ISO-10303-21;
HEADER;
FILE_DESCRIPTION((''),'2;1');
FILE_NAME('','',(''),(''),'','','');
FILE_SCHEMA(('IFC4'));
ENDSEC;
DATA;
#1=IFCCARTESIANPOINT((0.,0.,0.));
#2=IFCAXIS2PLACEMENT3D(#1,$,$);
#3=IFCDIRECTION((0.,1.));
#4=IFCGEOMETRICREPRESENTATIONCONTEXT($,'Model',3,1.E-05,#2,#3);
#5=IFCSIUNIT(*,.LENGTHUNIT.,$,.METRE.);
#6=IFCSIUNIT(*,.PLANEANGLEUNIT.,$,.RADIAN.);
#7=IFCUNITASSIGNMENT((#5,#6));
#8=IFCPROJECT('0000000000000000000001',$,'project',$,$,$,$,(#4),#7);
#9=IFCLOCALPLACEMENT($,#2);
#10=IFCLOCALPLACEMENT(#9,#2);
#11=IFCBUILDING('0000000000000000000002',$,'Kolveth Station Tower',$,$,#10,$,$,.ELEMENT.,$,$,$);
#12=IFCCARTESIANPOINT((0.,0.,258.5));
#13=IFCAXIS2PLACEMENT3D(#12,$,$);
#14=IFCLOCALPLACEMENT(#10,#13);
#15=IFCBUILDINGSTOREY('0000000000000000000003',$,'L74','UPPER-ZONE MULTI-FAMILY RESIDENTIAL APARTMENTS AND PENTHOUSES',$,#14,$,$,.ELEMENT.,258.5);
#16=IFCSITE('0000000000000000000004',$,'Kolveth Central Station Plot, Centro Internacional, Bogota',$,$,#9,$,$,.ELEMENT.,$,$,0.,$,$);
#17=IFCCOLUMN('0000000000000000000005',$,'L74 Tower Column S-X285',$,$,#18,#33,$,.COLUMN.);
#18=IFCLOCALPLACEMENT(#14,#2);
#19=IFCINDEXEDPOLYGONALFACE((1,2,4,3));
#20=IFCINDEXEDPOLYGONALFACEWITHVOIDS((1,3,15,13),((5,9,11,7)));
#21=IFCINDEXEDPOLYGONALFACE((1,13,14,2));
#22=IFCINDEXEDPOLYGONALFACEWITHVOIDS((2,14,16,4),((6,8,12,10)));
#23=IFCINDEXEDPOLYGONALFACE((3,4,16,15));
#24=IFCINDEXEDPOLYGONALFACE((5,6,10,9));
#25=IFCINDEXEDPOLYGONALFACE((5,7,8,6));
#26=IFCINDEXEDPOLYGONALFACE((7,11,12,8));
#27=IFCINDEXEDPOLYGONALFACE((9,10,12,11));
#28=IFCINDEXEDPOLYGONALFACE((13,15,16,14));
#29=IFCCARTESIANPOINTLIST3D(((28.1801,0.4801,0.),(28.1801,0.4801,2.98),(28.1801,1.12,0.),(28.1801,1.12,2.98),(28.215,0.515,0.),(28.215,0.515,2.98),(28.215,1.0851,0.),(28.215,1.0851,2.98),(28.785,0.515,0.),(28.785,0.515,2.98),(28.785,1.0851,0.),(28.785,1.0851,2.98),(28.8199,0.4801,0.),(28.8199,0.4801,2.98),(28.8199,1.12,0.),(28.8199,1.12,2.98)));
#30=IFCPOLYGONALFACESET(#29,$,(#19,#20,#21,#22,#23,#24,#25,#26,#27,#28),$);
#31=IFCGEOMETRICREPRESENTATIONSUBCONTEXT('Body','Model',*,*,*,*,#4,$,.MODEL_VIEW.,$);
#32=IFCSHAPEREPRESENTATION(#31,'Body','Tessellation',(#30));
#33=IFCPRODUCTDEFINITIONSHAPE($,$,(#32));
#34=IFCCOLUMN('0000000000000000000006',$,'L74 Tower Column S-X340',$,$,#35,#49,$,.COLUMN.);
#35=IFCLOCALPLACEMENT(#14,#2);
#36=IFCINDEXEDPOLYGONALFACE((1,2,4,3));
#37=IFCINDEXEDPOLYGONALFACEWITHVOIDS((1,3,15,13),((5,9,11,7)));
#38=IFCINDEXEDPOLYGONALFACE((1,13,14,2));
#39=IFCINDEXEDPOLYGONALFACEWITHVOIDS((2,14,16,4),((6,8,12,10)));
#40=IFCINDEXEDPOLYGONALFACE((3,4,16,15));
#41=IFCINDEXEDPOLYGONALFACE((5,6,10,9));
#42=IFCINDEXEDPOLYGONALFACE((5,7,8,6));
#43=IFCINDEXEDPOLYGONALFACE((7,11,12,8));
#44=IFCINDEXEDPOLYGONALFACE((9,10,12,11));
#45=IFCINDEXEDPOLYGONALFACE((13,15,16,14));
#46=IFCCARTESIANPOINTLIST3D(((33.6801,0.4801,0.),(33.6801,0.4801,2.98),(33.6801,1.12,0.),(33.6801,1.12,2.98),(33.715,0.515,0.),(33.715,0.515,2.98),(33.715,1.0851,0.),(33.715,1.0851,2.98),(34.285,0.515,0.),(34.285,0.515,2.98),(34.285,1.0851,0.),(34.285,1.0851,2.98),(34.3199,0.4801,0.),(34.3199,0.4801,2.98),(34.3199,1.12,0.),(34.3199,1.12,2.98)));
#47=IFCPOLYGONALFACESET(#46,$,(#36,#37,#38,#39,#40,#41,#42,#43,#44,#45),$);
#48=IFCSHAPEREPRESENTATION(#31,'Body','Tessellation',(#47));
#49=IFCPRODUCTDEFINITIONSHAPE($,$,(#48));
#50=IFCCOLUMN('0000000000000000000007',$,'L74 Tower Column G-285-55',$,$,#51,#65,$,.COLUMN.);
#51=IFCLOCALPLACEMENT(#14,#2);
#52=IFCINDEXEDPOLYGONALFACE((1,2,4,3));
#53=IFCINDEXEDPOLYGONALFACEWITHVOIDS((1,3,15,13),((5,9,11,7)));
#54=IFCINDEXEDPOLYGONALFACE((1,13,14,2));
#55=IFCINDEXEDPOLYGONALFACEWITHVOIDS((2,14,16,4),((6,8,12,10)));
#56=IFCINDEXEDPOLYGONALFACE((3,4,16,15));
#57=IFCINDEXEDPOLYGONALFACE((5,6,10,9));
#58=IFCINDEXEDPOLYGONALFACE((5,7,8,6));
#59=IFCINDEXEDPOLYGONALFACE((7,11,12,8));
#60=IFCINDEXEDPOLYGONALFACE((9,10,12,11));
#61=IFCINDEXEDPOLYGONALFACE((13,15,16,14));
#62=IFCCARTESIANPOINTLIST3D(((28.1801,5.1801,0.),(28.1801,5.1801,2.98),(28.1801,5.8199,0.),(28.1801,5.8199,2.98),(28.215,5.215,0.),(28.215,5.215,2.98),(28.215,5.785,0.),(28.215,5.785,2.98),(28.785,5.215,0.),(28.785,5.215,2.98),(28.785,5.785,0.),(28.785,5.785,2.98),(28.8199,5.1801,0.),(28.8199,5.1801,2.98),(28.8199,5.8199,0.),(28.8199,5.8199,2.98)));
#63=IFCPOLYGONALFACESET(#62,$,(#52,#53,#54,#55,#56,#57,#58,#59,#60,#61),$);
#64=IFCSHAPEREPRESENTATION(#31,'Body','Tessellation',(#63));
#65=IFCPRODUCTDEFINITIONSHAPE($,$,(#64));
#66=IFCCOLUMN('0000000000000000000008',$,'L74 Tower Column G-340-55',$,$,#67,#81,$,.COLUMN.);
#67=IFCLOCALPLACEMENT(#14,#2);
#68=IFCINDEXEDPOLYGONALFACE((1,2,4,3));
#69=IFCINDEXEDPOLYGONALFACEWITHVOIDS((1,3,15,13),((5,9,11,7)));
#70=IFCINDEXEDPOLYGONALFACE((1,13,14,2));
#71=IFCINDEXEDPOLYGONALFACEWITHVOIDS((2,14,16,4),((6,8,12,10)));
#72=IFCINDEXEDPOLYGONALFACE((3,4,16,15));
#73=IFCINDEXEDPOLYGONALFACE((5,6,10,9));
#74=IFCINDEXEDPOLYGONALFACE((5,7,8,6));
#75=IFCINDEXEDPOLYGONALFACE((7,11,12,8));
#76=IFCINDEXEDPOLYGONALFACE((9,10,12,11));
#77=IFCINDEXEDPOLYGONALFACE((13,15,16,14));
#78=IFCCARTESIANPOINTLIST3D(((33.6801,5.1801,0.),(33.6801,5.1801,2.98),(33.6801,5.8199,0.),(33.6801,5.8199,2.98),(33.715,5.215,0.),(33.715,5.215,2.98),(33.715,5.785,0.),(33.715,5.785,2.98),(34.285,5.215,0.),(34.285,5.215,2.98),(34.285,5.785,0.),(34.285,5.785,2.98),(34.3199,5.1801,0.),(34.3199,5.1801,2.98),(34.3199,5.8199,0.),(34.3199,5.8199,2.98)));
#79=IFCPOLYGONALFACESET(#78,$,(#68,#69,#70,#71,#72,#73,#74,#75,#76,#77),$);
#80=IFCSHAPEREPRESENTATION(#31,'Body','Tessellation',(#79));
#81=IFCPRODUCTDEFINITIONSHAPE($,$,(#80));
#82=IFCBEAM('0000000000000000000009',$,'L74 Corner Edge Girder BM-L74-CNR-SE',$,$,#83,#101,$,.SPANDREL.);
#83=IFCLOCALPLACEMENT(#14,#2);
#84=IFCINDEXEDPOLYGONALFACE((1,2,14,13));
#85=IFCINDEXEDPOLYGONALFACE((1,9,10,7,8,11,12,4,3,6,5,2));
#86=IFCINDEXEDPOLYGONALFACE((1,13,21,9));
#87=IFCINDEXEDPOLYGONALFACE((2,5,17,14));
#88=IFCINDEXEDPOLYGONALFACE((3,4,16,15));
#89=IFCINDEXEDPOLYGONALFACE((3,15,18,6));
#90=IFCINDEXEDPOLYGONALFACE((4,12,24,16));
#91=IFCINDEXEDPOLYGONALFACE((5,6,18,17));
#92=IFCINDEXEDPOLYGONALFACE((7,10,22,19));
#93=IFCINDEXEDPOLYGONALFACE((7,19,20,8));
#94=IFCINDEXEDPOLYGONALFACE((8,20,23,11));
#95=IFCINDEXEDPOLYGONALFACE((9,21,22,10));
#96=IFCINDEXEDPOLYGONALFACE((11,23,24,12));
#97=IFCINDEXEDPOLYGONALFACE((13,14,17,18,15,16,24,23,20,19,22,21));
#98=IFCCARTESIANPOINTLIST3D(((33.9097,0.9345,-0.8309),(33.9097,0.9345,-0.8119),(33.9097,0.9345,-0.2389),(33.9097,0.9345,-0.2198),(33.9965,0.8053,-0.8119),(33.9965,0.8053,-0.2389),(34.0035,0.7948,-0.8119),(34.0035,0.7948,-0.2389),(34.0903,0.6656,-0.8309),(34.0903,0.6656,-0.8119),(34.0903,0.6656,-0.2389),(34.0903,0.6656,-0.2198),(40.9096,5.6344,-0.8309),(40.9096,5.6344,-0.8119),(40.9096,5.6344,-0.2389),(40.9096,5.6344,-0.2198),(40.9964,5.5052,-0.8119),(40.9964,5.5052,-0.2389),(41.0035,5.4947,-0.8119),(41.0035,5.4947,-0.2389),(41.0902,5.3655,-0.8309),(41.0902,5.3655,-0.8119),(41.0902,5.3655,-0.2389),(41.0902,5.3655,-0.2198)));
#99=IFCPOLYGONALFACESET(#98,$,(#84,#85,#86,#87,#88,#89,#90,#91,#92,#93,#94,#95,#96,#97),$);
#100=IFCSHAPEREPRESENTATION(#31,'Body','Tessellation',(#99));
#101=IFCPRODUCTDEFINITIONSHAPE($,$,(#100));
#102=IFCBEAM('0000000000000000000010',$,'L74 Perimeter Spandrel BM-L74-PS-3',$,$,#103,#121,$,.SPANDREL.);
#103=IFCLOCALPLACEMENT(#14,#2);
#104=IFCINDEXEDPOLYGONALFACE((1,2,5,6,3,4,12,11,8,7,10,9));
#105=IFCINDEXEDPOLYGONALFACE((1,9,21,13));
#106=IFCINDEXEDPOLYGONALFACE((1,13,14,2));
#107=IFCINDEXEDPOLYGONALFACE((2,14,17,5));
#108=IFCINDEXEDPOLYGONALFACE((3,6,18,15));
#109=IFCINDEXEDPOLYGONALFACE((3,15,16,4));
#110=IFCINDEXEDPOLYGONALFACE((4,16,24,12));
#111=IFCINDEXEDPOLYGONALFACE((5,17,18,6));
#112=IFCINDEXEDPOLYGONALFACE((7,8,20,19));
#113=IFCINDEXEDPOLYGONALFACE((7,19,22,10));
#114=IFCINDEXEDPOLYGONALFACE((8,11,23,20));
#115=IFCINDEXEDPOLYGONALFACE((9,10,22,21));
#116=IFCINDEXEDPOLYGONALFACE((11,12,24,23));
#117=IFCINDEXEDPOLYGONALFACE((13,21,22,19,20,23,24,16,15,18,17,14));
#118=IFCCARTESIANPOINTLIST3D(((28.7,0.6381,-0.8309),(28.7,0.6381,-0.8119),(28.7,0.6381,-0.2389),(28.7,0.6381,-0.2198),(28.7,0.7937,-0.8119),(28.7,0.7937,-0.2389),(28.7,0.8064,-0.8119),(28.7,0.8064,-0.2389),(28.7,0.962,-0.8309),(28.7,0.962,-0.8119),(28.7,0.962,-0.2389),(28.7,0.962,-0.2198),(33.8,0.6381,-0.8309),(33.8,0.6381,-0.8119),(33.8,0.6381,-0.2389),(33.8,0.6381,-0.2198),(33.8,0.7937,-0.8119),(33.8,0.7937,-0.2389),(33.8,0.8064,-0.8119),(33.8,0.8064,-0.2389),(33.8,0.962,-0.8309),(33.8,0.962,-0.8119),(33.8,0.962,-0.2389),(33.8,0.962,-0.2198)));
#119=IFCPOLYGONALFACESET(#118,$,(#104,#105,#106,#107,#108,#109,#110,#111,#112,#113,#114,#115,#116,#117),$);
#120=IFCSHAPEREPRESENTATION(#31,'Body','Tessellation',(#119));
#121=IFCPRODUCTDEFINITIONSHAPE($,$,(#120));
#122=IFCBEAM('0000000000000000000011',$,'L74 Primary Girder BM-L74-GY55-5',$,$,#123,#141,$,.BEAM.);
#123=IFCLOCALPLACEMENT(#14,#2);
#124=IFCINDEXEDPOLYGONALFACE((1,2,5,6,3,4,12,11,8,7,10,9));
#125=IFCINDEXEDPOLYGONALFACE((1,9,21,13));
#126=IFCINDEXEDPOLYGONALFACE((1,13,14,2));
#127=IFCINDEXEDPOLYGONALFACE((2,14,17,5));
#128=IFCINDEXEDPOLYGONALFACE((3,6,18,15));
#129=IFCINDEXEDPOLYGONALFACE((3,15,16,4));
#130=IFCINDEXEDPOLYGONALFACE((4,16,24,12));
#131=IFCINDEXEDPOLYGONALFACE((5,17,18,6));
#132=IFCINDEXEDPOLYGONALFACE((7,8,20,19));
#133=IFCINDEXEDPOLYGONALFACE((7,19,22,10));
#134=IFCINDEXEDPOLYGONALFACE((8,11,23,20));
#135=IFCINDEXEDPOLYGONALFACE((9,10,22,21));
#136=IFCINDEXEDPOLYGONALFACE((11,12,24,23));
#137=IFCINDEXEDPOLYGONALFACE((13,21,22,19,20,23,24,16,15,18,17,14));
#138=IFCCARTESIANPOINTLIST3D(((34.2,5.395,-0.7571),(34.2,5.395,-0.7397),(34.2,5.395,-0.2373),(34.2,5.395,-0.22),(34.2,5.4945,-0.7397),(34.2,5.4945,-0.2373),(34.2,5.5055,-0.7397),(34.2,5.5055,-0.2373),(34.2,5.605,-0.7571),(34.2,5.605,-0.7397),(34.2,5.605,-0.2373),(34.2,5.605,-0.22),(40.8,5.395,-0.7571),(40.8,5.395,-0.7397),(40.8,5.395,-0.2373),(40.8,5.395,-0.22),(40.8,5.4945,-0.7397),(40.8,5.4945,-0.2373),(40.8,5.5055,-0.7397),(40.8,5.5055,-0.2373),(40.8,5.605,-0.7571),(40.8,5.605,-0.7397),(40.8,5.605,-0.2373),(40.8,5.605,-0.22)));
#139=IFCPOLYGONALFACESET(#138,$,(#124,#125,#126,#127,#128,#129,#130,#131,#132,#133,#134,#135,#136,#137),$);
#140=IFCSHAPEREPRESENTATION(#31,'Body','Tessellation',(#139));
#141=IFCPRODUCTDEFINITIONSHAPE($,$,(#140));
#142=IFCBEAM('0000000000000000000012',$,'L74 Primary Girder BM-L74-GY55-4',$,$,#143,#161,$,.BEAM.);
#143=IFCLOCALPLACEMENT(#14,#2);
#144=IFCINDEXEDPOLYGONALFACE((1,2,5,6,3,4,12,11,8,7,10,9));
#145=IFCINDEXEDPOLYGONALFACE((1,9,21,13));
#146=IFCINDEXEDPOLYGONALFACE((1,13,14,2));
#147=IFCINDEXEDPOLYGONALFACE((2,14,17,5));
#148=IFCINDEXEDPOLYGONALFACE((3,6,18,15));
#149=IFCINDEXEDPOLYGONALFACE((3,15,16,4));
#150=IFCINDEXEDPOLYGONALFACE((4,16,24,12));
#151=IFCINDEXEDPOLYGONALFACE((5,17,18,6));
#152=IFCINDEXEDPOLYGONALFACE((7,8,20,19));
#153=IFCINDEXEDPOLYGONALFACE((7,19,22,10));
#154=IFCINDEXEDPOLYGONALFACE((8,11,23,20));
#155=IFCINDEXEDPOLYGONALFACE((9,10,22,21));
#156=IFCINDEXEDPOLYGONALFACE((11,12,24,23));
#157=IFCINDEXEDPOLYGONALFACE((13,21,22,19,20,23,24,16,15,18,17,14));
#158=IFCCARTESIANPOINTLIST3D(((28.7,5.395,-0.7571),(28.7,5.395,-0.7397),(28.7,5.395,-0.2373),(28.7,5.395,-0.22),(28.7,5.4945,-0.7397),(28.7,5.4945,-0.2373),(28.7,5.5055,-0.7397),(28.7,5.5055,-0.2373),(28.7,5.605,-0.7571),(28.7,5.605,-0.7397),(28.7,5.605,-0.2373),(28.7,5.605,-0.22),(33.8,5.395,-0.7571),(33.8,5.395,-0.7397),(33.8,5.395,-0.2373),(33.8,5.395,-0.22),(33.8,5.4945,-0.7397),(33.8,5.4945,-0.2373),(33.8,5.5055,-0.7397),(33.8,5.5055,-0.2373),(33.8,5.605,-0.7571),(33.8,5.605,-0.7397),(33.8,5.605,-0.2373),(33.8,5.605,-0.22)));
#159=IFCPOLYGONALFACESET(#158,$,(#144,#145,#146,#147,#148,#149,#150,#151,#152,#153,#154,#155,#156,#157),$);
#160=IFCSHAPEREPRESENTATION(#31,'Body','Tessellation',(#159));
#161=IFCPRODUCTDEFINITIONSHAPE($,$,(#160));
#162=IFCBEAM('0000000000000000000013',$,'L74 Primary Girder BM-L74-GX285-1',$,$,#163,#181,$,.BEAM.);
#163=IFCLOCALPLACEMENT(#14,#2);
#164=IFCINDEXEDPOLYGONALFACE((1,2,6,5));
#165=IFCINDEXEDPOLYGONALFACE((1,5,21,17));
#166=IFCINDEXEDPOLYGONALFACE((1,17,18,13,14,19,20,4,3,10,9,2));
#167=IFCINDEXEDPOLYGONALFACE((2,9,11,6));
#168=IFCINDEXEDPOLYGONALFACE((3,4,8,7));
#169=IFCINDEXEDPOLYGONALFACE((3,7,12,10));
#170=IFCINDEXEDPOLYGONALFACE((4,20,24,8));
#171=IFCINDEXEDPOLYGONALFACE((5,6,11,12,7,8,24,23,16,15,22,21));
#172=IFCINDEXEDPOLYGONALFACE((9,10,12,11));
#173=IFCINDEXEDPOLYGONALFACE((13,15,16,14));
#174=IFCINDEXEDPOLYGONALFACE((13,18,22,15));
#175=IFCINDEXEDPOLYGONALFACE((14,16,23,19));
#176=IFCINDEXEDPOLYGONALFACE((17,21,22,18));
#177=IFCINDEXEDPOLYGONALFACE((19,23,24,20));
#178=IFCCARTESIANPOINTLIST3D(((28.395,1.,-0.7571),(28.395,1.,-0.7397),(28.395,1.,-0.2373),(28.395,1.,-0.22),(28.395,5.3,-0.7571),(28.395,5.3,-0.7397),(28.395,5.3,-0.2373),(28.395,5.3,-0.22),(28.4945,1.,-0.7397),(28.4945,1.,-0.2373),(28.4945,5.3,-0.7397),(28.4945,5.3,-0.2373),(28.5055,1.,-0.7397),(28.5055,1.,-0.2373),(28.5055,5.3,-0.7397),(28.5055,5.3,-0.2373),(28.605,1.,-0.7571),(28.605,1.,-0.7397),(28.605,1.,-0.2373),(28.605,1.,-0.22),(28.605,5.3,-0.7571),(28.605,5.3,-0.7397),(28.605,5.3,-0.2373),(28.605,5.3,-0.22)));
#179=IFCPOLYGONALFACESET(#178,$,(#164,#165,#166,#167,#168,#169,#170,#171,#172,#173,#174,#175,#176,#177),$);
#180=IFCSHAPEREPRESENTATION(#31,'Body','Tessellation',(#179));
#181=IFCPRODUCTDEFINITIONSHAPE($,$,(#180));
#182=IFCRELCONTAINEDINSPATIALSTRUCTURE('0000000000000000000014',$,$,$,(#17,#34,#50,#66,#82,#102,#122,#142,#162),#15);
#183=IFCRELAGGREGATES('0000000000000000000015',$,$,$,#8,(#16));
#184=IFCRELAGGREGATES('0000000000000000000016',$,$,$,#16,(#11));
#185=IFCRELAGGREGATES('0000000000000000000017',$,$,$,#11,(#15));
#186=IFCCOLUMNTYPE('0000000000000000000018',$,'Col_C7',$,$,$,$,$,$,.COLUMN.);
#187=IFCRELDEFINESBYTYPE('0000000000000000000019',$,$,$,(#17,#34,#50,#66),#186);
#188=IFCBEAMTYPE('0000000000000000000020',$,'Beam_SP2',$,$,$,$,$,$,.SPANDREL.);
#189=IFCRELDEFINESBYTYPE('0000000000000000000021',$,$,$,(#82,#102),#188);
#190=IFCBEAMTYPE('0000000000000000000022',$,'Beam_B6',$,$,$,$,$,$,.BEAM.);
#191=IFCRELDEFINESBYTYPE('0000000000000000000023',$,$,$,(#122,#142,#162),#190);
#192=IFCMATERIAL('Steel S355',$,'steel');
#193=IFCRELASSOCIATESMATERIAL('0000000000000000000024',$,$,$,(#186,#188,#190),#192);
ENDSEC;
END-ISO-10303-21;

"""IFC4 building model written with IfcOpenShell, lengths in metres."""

from ifc_helpers import new_model, si_unit, direction, frame, origin, origin_2d, place, context, subcontext, project, spatial, hollow_rectangle, i_section, extrude, source, transform, mapped, material, material_profile, profile_set, type_object, element, save


model = new_model("IFC4")

# Units and contexts
model_context = context("Model", 3, precision=1e-05, world=origin(), true_north=direction((0.0, 1.0)))
body_context = subcontext(model_context, "Body", "Model", "MODEL_VIEW")
ifc_project = project(units=[si_unit("LENGTHUNIT", "METRE"), si_unit("PLANEANGLEUNIT", "RADIAN")], contexts=[model_context])

# Site, building, storey
site_placement = place(None, origin())
site = spatial("IfcSite", under=ifc_project, at=site_placement, Name="Kolveth Central Station Plot, Centro Internacional, Bogota", CompositionType="ELEMENT", RefElevation=0.0)
building_placement = place(site_placement, origin())
building = spatial("IfcBuilding", under=site, at=building_placement, Name="Kolveth Station Tower", CompositionType="ELEMENT")
storey_placement = place(building_placement, frame((0.0, 0.0, 258.5)))
storey = spatial("IfcBuildingStorey", under=building, at=storey_placement, Name="L74", Description="UPPER-ZONE MULTI-FAMILY RESIDENTIAL APARTMENTS AND PENTHOUSES", CompositionType="ELEMENT", Elevation=258.5)

# Columns
ifc_material_1 = material(Name="Steel S355", Category="steel")
ifc_material_profile_1 = material_profile(ifc_material_1, hollow_rectangle(XDim=0.6399, YDim=0.6399, WallThickness=0.0349, at=origin_2d()), Name="BOX640x640x35")
ifc_profile_set_1 = profile_set([ifc_material_profile_1], Name="Steel S355")
column_type = type_object("IfcColumnType", Name="Col_C7", PredefinedType="COLUMN", material=ifc_profile_set_1)
shared_shape_1 = source(origin(), body_context, "Body", "SweptSolid", [
    extrude(hollow_rectangle(XDim=0.6399, YDim=0.6399, WallThickness=0.0349, at=origin_2d()), origin(), (0.0, 0.0, 1.0), 2.98),
])
for number, where, z_axis, x_axis, name in (
    (1, (28.5, 0.8, 0.0), (0.0, 0.0, 1.0), (1.0, 0.0, 0.0), "L74 Tower Column S-X285"),
    (2, (34.0, 0.8, 0.0), (0.0, 0.0, 1.0), (1.0, 0.0, 0.0), "L74 Tower Column S-X340"),
    (3, (28.5, 5.5, 0.0), (0.0, 0.0, 1.0), (1.0, 0.0, 0.0), "L74 Tower Column G-285-55"),
    (4, (34.0, 5.5, 0.0), (0.0, 0.0, 1.0), (1.0, 0.0, 0.0), "L74 Tower Column G-340-55"),
):
    element("IfcColumn", number, at=place(storey_placement, frame(where, z_axis=z_axis, x_axis=x_axis)), inside=storey, type_object=column_type, Name=name, PredefinedType="COLUMN", context=body_context, shape_type="MappedRepresentation", body=[
        mapped(shared_shape_1, transform((0.0, 0.0, 0.0), x_axis=(1.0, 0.0, 0.0), y_axis=(0.0, 1.0, 0.0), z_axis=(0.0, 0.0, 1.0), scale=1.0)),
    ])

# Beams
ifc_material_profile_2 = material_profile(ifc_material_1, i_section(OverallWidth=0.324, OverallDepth=0.6111, WebThickness=0.0127, FlangeThickness=0.019, at=origin_2d()), Name="W610x155")
ifc_profile_set_2 = profile_set([ifc_material_profile_2], Name="Steel S355")
beam_type_1 = type_object("IfcBeamType", Name="Beam_SP2", PredefinedType="SPANDREL", material=ifc_profile_set_2)
shared_shape_2 = source(origin(), body_context, "Body", "SweptSolid", [
    extrude(i_section(OverallWidth=0.324, OverallDepth=0.6111, WebThickness=0.0127, FlangeThickness=0.019, at=origin_2d()), origin(), (0.0, 0.0, 1.0), 8.4314),
])
beam_1_placement = place(storey_placement, frame((34.0, 0.8, -0.5254), z_axis=(0.830224, 0.55743, 0.0), x_axis=(-0.55743, 0.830224, 0.0)))
element("IfcBeam", 5, at=beam_1_placement, inside=storey, type_object=beam_type_1, Name="L74 Corner Edge Girder BM-L74-CNR-SE", PredefinedType="SPANDREL", context=body_context, shape_type="MappedRepresentation", body=[
    mapped(shared_shape_2, transform((0.0, 0.0, 0.0), x_axis=(1.0, 0.0, 0.0), y_axis=(0.0, 1.0, 0.0), z_axis=(0.0, 0.0, 1.0), scale=1.0)),
])
shared_shape_3 = source(origin(), body_context, "Body", "SweptSolid", [
    extrude(i_section(OverallWidth=0.324, OverallDepth=0.6111, WebThickness=0.0127, FlangeThickness=0.019, at=origin_2d()), origin(), (0.0, 0.0, 1.0), 5.1001),
])
beam_2_placement = place(storey_placement, frame((28.7, 0.8, -0.5254), z_axis=(1.0, 0.0, 0.0), x_axis=(0.0, 1.0, 0.0)))
element("IfcBeam", 6, at=beam_2_placement, inside=storey, type_object=beam_type_1, Name="L74 Perimeter Spandrel BM-L74-PS-3", PredefinedType="SPANDREL", context=body_context, shape_type="MappedRepresentation", body=[
    mapped(shared_shape_3, transform((0.0, 0.0, 0.0), x_axis=(1.0, 0.0, 0.0), y_axis=(0.0, 1.0, 0.0), z_axis=(0.0, 0.0, 1.0), scale=1.0)),
])
ifc_material_profile_3 = material_profile(ifc_material_1, i_section(OverallWidth=0.21, OverallDepth=0.5371, WebThickness=0.011, FlangeThickness=0.0173, at=origin_2d()), Name="W530x101")
ifc_profile_set_3 = profile_set([ifc_material_profile_3], Name="Steel S355")
beam_type_2 = type_object("IfcBeamType", Name="Beam_B6", PredefinedType="BEAM", material=ifc_profile_set_3)
shared_shape_4 = source(origin(), body_context, "Body", "SweptSolid", [
    extrude(i_section(OverallWidth=0.21, OverallDepth=0.5371, WebThickness=0.011, FlangeThickness=0.0173, at=origin_2d()), origin(), (0.0, 0.0, 1.0), 6.6001),
])
beam_3_placement = place(storey_placement, frame((34.2, 5.5, -0.4885), z_axis=(1.0, 0.0, 0.0), x_axis=(0.0, 1.0, 0.0)))
element("IfcBeam", 7, at=beam_3_placement, inside=storey, type_object=beam_type_2, Name="L74 Primary Girder BM-L74-GY55-5", PredefinedType="BEAM", context=body_context, shape_type="MappedRepresentation", body=[
    mapped(shared_shape_4, transform((0.0, 0.0, 0.0), x_axis=(1.0, 0.0, 0.0), y_axis=(0.0, 1.0, 0.0), z_axis=(0.0, 0.0, 1.0), scale=1.0)),
])
shared_shape_5 = source(origin(), body_context, "Body", "SweptSolid", [
    extrude(i_section(OverallWidth=0.21, OverallDepth=0.5371, WebThickness=0.011, FlangeThickness=0.0173, at=origin_2d()), origin(), (0.0, 0.0, 1.0), 5.1001),
])
beam_4_placement = place(storey_placement, frame((28.7, 5.5, -0.4885), z_axis=(1.0, 0.0, 0.0), x_axis=(0.0, 1.0, 0.0)))
element("IfcBeam", 8, at=beam_4_placement, inside=storey, type_object=beam_type_2, Name="L74 Primary Girder BM-L74-GY55-4", PredefinedType="BEAM", context=body_context, shape_type="MappedRepresentation", body=[
    mapped(shared_shape_5, transform((0.0, 0.0, 0.0), x_axis=(1.0, 0.0, 0.0), y_axis=(0.0, 1.0, 0.0), z_axis=(0.0, 0.0, 1.0), scale=1.0)),
])
shared_shape_6 = source(origin(), body_context, "Body", "SweptSolid", [
    extrude(i_section(OverallWidth=0.21, OverallDepth=0.5371, WebThickness=0.011, FlangeThickness=0.0173, at=origin_2d()), origin(), (0.0, 0.0, 1.0), 4.3),
])
for number, where, z_axis, x_axis, name in (
    (9, (28.5, 1.0, -0.4885), (0.0, 1.0, 0.0), (-1.0, 0.0, 0.0), "L74 Primary Girder BM-L74-GX285-1"),
):
    element("IfcBeam", number, at=place(storey_placement, frame(where, z_axis=z_axis, x_axis=x_axis)), inside=storey, type_object=beam_type_2, Name=name, PredefinedType="BEAM", context=body_context, shape_type="MappedRepresentation", body=[
        mapped(shared_shape_6, transform((0.0, 0.0, 0.0), x_axis=(1.0, 0.0, 0.0), y_axis=(0.0, 1.0, 0.0), z_axis=(0.0, 0.0, 1.0), scale=1.0)),
    ])

save(model, "model.ifc")
